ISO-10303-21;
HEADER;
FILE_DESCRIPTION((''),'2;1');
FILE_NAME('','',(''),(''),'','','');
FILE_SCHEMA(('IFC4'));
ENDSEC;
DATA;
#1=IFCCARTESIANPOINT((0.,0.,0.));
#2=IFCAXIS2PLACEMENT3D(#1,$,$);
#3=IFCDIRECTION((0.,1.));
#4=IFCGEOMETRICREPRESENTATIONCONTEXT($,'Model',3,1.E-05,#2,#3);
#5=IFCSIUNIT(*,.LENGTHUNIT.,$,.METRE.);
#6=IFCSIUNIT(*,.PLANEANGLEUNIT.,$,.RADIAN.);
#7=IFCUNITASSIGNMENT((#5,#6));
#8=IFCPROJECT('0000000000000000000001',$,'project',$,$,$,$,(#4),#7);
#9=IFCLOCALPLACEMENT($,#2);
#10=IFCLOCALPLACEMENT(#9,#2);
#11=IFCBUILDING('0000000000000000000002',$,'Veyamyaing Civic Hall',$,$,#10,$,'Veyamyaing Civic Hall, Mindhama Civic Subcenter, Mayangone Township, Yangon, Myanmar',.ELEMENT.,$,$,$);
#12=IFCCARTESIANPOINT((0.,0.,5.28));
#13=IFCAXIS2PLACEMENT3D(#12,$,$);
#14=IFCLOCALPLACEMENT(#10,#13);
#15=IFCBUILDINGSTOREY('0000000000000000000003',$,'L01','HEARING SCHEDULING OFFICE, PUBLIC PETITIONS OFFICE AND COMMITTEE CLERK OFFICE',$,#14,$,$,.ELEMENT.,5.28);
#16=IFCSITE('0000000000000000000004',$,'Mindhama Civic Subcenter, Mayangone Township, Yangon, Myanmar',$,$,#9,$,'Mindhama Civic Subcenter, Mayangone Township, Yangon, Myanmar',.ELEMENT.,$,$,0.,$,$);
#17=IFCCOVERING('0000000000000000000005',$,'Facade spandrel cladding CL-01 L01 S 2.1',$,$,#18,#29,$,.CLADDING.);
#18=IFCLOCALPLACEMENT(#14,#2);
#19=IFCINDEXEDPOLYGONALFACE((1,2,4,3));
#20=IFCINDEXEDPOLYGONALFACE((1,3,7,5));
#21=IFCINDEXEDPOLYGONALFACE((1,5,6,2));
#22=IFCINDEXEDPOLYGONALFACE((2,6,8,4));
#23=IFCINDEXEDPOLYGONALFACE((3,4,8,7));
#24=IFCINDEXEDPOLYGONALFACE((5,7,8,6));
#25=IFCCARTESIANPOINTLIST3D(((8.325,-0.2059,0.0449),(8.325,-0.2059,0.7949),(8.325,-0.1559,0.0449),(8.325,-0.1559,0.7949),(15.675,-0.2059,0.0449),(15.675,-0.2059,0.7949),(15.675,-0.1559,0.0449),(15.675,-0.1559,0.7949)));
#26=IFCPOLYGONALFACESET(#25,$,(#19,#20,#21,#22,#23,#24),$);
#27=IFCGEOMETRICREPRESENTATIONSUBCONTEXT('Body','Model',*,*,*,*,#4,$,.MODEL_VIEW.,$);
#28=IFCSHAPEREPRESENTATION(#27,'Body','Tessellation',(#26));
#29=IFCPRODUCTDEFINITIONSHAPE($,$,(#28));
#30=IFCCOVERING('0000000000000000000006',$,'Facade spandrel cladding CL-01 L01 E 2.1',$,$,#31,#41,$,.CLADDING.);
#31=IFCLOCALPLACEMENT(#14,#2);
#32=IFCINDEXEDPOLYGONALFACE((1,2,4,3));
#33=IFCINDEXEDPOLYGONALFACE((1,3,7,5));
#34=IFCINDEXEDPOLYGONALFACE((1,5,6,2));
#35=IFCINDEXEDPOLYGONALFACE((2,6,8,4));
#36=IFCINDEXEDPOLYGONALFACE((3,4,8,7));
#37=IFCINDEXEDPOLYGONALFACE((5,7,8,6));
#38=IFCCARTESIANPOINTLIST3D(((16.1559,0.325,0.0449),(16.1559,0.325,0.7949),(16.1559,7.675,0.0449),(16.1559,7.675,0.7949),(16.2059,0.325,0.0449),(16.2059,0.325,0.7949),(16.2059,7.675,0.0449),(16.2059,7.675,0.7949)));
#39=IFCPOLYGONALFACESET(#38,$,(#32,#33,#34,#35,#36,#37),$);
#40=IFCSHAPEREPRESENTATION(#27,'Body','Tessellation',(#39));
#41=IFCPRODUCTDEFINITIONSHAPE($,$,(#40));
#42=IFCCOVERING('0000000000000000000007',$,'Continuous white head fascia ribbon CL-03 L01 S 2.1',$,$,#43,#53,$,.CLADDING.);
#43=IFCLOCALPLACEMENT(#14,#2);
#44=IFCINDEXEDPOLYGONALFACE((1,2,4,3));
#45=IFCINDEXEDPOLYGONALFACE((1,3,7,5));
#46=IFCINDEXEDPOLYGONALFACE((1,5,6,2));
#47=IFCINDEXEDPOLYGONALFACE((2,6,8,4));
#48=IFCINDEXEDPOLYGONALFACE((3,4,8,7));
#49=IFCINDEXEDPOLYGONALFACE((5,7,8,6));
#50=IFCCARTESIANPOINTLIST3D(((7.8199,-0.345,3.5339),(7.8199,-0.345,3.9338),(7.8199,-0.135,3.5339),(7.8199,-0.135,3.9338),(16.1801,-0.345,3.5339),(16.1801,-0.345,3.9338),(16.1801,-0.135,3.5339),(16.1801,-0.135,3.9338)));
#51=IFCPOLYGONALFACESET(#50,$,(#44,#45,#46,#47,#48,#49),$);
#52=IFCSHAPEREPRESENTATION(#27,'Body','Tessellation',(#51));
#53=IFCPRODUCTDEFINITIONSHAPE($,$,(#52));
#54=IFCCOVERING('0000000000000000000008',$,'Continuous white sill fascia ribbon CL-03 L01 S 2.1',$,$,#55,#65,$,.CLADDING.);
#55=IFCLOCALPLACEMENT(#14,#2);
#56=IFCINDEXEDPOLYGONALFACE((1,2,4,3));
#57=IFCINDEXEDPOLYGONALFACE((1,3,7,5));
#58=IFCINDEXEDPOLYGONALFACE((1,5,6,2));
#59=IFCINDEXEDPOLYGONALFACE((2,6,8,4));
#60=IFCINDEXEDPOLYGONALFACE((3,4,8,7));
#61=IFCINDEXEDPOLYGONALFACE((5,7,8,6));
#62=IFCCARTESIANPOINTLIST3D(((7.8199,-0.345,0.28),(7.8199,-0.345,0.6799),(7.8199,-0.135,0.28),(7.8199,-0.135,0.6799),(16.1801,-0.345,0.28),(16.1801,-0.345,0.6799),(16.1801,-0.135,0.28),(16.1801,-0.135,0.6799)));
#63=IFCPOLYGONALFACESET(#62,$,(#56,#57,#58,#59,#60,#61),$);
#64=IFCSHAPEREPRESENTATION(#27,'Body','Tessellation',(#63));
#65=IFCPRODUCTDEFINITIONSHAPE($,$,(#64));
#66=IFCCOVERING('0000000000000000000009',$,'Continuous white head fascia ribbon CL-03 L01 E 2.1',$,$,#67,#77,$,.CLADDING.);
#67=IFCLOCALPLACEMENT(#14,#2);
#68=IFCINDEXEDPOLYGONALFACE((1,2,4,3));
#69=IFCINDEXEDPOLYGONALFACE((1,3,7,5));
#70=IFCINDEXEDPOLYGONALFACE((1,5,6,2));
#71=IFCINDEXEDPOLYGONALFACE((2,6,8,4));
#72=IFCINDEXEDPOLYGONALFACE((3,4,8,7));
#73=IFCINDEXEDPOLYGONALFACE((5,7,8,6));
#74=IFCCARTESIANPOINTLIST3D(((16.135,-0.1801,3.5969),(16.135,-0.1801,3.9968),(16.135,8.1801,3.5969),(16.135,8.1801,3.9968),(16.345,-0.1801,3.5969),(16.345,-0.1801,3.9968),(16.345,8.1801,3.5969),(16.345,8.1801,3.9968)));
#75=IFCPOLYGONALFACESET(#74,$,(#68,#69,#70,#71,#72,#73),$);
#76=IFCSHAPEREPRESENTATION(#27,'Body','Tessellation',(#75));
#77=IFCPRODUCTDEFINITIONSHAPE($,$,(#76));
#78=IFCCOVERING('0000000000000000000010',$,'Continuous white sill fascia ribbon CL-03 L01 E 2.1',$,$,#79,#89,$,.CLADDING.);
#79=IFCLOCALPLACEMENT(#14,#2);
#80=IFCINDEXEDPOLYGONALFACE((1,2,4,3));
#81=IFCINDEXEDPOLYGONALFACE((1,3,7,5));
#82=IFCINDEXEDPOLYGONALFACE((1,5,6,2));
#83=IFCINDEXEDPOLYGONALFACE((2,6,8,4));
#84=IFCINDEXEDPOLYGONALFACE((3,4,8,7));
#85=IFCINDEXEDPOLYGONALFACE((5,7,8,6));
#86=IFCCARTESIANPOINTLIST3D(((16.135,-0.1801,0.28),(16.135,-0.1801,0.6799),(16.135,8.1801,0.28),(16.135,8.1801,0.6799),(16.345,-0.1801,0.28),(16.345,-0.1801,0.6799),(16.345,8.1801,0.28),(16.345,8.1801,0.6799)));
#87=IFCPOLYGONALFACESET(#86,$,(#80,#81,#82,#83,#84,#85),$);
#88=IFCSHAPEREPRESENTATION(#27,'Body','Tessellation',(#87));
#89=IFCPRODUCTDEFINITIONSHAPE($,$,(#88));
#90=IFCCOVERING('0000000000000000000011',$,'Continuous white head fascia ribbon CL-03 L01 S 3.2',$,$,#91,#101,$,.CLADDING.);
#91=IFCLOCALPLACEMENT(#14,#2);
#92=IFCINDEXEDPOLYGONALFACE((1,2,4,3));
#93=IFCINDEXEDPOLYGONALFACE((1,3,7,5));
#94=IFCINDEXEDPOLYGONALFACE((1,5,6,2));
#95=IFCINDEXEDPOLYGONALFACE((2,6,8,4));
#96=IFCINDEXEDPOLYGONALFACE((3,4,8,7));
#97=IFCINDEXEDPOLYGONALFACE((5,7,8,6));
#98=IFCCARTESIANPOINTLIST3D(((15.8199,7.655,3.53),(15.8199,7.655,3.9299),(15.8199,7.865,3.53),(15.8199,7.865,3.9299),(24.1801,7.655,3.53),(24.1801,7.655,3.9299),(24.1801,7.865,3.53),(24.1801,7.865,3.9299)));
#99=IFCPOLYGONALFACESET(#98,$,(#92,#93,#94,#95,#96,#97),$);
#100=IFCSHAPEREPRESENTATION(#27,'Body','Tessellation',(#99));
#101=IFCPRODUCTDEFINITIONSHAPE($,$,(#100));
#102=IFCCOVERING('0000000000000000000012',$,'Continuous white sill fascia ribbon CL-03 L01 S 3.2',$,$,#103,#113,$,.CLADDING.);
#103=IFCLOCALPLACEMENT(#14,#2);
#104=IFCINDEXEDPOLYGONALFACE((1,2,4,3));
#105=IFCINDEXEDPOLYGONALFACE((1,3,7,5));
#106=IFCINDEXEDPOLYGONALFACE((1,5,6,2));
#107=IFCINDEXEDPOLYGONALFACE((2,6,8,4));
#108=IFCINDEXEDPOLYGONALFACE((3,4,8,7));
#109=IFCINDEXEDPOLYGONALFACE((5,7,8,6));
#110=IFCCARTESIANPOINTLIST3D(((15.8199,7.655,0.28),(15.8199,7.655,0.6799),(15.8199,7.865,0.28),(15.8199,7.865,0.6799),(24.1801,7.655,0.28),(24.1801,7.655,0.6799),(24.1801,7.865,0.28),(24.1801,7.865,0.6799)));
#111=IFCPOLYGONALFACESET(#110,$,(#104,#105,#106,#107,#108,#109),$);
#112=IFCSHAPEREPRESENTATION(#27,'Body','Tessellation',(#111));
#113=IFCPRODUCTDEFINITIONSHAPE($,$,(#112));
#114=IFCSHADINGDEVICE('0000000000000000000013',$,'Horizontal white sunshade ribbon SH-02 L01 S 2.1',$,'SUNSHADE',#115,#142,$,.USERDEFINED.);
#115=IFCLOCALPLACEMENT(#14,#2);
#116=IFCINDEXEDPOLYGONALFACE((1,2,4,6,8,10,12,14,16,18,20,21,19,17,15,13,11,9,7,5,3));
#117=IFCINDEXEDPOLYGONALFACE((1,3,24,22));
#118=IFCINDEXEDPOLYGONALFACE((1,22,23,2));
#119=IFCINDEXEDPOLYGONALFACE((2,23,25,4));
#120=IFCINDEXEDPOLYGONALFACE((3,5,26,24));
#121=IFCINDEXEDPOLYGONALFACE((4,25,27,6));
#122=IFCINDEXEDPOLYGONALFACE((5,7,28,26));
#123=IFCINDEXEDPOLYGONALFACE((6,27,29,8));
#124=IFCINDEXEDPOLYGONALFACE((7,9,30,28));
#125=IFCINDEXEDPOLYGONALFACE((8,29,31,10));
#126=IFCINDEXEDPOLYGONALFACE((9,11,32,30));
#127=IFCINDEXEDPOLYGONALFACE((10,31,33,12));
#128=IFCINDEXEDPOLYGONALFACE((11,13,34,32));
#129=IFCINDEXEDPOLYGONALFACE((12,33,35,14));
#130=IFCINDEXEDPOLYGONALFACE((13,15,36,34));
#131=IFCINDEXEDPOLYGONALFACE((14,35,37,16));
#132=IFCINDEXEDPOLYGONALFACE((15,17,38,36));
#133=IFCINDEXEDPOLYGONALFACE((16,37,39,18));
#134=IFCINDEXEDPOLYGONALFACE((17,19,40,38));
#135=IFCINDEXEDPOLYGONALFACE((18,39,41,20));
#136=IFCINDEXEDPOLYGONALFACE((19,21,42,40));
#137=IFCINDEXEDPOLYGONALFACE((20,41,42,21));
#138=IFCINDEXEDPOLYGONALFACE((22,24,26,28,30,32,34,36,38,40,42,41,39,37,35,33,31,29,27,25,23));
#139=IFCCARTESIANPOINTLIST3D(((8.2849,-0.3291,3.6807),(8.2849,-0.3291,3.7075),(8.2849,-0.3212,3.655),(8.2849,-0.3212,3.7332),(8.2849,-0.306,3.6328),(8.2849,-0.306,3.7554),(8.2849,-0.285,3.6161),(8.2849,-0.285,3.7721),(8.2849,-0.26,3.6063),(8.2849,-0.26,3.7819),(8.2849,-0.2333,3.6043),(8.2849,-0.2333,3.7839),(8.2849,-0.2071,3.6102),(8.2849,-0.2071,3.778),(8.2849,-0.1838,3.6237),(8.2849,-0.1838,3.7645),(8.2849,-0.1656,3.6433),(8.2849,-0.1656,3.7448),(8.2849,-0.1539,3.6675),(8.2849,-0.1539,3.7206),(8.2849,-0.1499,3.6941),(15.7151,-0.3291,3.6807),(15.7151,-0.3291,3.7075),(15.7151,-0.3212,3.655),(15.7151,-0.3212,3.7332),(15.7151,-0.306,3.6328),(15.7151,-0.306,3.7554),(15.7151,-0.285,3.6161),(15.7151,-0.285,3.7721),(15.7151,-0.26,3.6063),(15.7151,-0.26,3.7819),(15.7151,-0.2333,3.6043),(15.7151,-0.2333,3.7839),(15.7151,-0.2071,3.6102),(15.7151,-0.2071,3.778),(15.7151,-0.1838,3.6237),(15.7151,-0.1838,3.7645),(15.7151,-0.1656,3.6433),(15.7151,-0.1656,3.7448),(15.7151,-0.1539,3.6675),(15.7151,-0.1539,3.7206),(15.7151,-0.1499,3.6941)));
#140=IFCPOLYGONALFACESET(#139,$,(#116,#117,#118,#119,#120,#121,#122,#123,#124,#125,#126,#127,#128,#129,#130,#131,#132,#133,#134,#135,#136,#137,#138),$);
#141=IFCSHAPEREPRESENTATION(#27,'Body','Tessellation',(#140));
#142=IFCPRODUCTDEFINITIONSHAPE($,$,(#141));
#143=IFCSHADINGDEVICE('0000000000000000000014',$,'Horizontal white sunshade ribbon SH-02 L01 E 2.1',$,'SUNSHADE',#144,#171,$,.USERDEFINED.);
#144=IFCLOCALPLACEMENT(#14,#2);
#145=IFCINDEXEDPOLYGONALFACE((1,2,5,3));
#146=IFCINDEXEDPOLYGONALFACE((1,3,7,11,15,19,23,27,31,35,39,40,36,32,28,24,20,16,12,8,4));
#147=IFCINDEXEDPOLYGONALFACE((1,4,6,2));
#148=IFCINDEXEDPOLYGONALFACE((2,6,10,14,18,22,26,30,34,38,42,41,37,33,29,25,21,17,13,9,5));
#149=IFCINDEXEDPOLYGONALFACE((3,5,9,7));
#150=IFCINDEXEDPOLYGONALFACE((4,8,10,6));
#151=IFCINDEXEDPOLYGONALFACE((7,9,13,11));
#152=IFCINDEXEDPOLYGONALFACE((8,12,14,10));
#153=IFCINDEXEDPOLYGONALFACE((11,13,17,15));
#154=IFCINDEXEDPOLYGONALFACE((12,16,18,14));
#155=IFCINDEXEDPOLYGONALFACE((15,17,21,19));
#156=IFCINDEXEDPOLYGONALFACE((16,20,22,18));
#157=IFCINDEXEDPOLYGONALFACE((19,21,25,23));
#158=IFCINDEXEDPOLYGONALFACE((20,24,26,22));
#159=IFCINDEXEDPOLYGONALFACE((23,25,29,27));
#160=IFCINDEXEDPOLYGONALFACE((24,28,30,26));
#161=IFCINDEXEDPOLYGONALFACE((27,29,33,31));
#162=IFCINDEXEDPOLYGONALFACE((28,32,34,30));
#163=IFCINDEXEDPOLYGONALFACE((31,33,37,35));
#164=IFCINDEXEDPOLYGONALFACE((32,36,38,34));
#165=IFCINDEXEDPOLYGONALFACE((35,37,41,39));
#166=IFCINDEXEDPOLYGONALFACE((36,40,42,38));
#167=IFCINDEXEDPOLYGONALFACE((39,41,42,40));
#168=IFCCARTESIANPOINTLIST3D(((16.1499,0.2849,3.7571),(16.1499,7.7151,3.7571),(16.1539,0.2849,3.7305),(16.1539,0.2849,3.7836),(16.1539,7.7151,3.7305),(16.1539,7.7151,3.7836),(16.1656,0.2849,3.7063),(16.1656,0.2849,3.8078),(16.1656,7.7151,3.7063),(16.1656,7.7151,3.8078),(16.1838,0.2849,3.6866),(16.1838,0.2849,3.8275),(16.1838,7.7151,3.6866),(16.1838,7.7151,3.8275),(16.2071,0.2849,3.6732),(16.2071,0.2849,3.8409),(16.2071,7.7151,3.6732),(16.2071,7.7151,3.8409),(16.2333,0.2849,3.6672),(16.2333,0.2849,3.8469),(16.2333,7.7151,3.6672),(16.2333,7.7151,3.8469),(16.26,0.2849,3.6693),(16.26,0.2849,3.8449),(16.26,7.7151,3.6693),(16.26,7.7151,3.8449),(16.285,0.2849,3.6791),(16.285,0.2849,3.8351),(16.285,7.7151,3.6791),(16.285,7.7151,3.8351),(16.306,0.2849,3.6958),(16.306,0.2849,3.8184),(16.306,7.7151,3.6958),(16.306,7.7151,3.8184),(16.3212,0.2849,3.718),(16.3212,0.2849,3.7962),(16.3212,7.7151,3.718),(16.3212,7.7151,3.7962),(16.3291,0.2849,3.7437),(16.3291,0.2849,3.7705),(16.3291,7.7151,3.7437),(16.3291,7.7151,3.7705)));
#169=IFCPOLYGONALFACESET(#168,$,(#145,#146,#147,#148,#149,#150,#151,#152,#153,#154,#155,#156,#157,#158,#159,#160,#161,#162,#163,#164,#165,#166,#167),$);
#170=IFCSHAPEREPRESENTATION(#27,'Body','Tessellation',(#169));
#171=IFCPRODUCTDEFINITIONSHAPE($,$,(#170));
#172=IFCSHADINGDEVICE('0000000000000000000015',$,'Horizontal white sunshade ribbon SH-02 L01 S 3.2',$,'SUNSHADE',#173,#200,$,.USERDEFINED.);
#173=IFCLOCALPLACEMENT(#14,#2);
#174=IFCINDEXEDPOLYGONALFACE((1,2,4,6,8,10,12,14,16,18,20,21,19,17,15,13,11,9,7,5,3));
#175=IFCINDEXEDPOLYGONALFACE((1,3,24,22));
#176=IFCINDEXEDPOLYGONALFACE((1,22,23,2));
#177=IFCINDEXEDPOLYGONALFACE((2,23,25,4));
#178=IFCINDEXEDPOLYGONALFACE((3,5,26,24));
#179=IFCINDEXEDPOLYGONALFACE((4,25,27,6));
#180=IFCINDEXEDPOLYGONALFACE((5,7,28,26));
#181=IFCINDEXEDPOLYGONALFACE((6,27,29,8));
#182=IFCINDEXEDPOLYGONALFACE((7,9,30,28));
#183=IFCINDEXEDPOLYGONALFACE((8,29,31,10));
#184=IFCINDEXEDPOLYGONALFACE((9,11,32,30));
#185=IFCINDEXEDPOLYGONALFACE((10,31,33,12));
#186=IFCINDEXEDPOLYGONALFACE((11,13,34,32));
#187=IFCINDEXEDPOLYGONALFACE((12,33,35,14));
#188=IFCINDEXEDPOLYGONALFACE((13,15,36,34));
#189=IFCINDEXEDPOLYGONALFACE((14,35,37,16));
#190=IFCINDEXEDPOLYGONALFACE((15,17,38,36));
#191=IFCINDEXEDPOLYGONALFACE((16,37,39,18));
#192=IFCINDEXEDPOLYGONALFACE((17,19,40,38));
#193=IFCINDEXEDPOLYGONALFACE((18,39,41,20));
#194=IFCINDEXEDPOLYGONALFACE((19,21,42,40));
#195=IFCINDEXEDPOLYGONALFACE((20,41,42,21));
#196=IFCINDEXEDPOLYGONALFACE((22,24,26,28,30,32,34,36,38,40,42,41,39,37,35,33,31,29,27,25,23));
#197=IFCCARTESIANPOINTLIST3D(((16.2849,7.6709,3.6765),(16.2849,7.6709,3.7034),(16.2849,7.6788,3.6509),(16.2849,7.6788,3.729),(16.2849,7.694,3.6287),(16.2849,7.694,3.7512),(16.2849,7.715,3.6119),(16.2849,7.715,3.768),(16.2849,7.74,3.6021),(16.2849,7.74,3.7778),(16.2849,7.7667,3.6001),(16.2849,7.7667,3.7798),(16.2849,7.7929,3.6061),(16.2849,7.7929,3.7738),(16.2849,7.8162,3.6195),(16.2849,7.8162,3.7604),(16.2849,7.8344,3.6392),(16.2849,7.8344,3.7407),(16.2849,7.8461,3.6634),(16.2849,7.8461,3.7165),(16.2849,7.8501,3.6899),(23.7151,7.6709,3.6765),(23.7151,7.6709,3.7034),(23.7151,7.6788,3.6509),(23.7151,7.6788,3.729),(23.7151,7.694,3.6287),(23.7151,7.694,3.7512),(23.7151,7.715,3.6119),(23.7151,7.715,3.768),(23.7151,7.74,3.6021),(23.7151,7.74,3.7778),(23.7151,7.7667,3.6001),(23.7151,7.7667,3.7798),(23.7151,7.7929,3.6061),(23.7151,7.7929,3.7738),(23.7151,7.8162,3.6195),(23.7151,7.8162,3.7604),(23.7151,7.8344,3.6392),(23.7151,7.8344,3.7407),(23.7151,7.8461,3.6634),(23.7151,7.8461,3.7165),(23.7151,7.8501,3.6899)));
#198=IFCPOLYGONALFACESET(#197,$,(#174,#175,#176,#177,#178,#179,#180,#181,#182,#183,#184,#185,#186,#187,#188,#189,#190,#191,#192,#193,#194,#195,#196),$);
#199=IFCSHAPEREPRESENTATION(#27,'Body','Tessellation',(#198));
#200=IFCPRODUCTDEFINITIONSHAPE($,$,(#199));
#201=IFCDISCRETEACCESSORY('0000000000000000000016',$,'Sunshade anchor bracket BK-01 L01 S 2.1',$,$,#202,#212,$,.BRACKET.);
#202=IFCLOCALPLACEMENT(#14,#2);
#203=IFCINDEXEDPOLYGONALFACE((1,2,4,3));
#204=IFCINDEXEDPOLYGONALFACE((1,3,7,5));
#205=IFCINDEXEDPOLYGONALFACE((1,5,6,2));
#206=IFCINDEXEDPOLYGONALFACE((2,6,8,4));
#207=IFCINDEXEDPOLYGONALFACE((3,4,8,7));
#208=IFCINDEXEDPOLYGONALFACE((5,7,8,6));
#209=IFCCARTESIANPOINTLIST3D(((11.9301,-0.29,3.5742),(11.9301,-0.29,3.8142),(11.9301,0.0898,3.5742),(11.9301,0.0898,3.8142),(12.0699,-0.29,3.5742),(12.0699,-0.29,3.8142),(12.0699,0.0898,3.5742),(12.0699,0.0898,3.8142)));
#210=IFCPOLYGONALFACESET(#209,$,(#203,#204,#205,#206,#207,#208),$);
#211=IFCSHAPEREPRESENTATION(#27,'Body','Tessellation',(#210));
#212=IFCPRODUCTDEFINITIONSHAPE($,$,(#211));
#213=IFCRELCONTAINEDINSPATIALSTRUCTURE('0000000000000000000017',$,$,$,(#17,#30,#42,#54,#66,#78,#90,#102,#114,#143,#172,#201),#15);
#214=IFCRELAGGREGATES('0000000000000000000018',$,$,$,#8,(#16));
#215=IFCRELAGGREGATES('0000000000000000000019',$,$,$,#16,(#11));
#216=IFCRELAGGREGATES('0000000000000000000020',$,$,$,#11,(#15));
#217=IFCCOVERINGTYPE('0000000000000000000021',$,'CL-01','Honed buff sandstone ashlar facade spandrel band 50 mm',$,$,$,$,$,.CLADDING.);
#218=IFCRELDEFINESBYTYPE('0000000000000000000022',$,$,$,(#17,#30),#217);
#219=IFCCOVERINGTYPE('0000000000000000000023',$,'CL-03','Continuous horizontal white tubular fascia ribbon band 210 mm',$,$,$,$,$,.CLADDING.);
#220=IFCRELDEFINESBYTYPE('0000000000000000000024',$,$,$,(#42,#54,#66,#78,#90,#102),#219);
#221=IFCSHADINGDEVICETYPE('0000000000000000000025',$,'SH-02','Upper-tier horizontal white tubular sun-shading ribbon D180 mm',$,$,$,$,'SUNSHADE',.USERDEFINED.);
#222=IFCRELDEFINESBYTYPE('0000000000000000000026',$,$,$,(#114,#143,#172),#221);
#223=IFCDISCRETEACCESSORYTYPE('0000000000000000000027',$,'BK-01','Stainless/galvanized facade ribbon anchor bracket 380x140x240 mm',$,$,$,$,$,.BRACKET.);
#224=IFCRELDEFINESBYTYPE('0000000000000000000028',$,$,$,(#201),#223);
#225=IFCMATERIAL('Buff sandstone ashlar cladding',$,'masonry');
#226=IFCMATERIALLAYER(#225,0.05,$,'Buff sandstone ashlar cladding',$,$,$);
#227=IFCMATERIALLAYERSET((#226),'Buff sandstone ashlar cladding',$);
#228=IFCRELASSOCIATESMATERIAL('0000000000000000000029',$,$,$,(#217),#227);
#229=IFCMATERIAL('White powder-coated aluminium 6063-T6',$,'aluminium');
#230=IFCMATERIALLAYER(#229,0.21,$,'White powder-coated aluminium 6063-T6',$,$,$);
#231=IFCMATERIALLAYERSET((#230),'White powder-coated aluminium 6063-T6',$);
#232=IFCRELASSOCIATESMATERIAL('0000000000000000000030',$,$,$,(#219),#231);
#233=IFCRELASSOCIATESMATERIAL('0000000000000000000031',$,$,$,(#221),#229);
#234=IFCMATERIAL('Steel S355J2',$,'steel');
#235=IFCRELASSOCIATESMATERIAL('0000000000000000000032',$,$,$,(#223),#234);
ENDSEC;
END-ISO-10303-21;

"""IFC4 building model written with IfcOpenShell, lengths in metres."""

from ifc_helpers import new_model, si_unit, direction, frame, origin, origin_2d, place, context, subcontext, project, spatial, rectangle, circle, extrude, material, layer, layer_set, material_profile, profile_set, type_object, element, save


model = new_model("IFC4")

# Units and contexts
model_context = context("Model", 3, precision=1e-05, world=origin(), true_north=direction((0.0, 1.0)))
body_context = subcontext(model_context, "Body", "Model", "MODEL_VIEW")
ifc_project = project(units=[si_unit("LENGTHUNIT", "METRE"), si_unit("PLANEANGLEUNIT", "RADIAN")], contexts=[model_context])

# Site, building, storey
site_placement = place(None, origin())
site = spatial("IfcSite", under=ifc_project, at=site_placement, Name="Mindhama Civic Subcenter, Mayangone Township, Yangon, Myanmar", LongName="Mindhama Civic Subcenter, Mayangone Township, Yangon, Myanmar", CompositionType="ELEMENT", RefElevation=0.0)
building_placement = place(site_placement, origin())
building = spatial("IfcBuilding", under=site, at=building_placement, Name="Veyamyaing Civic Hall", LongName="Veyamyaing Civic Hall, Mindhama Civic Subcenter, Mayangone Township, Yangon, Myanmar", CompositionType="ELEMENT")
storey_placement = place(building_placement, frame((0.0, 0.0, 5.28)))
storey = spatial("IfcBuildingStorey", under=building, at=storey_placement, Name="L01", Description="HEARING SCHEDULING OFFICE, PUBLIC PETITIONS OFFICE AND COMMITTEE CLERK OFFICE", CompositionType="ELEMENT", Elevation=5.28)

# Coverings
ifc_material_1 = material(Name="Buff sandstone ashlar cladding", Category="masonry")
ifc_layer_1 = layer(ifc_material_1, 0.05, Name="Buff sandstone ashlar cladding")
ifc_layer_set_1 = layer_set([ifc_layer_1], Name="Buff sandstone ashlar cladding")
covering_type_1 = type_object("IfcCoveringType", Name="CL-01", Description="Honed buff sandstone ashlar facade spandrel band 50 mm", PredefinedType="CLADDING", material=ifc_layer_set_1)
for number, where, z_axis, x_axis, name in (
    (1, (12.0, -0.1809, 0.0449), (0.0, 0.0, 1.0), (1.0, 0.0, 0.0), "Facade spandrel cladding CL-01 L01 S 2.1"),
    (2, (16.1809, 4.0, 0.0449), (0.0, 0.0, 1.0), (0.0, 1.0, 0.0), "Facade spandrel cladding CL-01 L01 E 2.1"),
):
    element("IfcCovering", number, at=place(storey_placement, frame(where, z_axis=z_axis, x_axis=x_axis)), inside=storey, type_object=covering_type_1, Name=name, PredefinedType="CLADDING", context=body_context, shape_type="SweptSolid", body=[
        extrude(rectangle(XDim=7.3501, YDim=0.05, at=origin_2d()), origin(), (0.0, 0.0, 1.0), 0.75),
    ])
ifc_material_2 = material(Name="White powder-coated aluminium 6063-T6", Category="aluminium")
ifc_layer_2 = layer(ifc_material_2, 0.21, Name="White powder-coated aluminium 6063-T6")
ifc_layer_set_2 = layer_set([ifc_layer_2], Name="White powder-coated aluminium 6063-T6")
covering_type_2 = type_object("IfcCoveringType", Name="CL-03", Description="Continuous horizontal white tubular fascia ribbon band 210 mm", PredefinedType="CLADDING", material=ifc_layer_set_2)
for number, where, z_axis, x_axis, name in (
    (3, (12.0, -0.24, 3.5339), (0.0, 0.0, 1.0), (1.0, 0.0, 0.0), "Continuous white head fascia ribbon CL-03 L01 S 2.1"),
    (4, (12.0, -0.24, 0.28), (0.0, 0.0, 1.0), (1.0, 0.0, 0.0), "Continuous white sill fascia ribbon CL-03 L01 S 2.1"),
    (5, (16.24, 4.0, 3.5969), (0.0, 0.0, 1.0), (0.0, 1.0, 0.0), "Continuous white head fascia ribbon CL-03 L01 E 2.1"),
    (6, (16.24, 4.0, 0.28), (0.0, 0.0, 1.0), (0.0, 1.0, 0.0), "Continuous white sill fascia ribbon CL-03 L01 E 2.1"),
    (7, (20.0, 7.76, 3.53), (0.0, 0.0, 1.0), (1.0, 0.0, 0.0), "Continuous white head fascia ribbon CL-03 L01 S 3.2"),
    (8, (20.0, 7.76, 0.28), (0.0, 0.0, 1.0), (1.0, 0.0, 0.0), "Continuous white sill fascia ribbon CL-03 L01 S 3.2"),
):
    element("IfcCovering", number, at=place(storey_placement, frame(where, z_axis=z_axis, x_axis=x_axis)), inside=storey, type_object=covering_type_2, Name=name, PredefinedType="CLADDING", context=body_context, shape_type="SweptSolid", body=[
        extrude(rectangle(XDim=8.3601, YDim=0.21, at=origin_2d()), origin(), (0.0, 0.0, 1.0), 0.3999),
    ])

# Shading devices
ifc_material_profile_1 = material_profile(ifc_material_2, circle(Radius=0.0901, at=origin_2d()), Name="SHADE-TUBE-180")
ifc_profile_set_1 = profile_set([ifc_material_profile_1], Name="White powder-coated aluminium 6063-T6")
shading_device_type = type_object("IfcShadingDeviceType", Name="SH-02", Description="Upper-tier horizontal white tubular sun-shading ribbon D180 mm", ElementType="SUNSHADE", PredefinedType="USERDEFINED", material=ifc_profile_set_1)
for number, where, z_axis, x_axis, name in (
    (9, (8.2849, -0.24, 3.6941), (1.0, 0.0, 0.0), (0.0, 1.0, 0.0), "Horizontal white sunshade ribbon SH-02 L01 S 2.1"),
    (10, (16.24, 0.2849, 3.7571), (0.0, 1.0, 0.0), (-1.0, 0.0, 0.0), "Horizontal white sunshade ribbon SH-02 L01 E 2.1"),
    (11, (16.2849, 7.76, 3.6899), (1.0, 0.0, 0.0), (0.0, 1.0, 0.0), "Horizontal white sunshade ribbon SH-02 L01 S 3.2"),
):
    element("IfcShadingDevice", number, at=place(storey_placement, frame(where, z_axis=z_axis, x_axis=x_axis)), inside=storey, type_object=shading_device_type, Name=name, ObjectType="SUNSHADE", PredefinedType="USERDEFINED", context=body_context, shape_type="SweptSolid", body=[
        extrude(circle(Radius=0.0901, at=origin_2d()), origin(), (0.0, 0.0, 1.0), 7.4302),
    ])

# Discrete accessory
ifc_material_3 = material(Name="Steel S355J2", Category="steel")
discrete_accessory_type = type_object("IfcDiscreteAccessoryType", Name="BK-01", Description="Stainless/galvanized facade ribbon anchor bracket 380x140x240 mm", PredefinedType="BRACKET", material=ifc_material_3)
for number, where, z_axis, x_axis, name in (
    (12, (12.0, -0.1001, 3.5742), (0.0, 0.0, 1.0), (0.0, -1.0, 0.0), "Sunshade anchor bracket BK-01 L01 S 2.1"),
):
    element("IfcDiscreteAccessory", number, at=place(storey_placement, frame(where, z_axis=z_axis, x_axis=x_axis)), inside=storey, type_object=discrete_accessory_type, Name=name, PredefinedType="BRACKET", context=body_context, shape_type="SweptSolid", body=[
        extrude(rectangle(XDim=0.3799, YDim=0.1399, at=origin_2d()), origin(), (0.0, 0.0, 1.0), 0.24),
    ])

save(model, "model.ifc")
